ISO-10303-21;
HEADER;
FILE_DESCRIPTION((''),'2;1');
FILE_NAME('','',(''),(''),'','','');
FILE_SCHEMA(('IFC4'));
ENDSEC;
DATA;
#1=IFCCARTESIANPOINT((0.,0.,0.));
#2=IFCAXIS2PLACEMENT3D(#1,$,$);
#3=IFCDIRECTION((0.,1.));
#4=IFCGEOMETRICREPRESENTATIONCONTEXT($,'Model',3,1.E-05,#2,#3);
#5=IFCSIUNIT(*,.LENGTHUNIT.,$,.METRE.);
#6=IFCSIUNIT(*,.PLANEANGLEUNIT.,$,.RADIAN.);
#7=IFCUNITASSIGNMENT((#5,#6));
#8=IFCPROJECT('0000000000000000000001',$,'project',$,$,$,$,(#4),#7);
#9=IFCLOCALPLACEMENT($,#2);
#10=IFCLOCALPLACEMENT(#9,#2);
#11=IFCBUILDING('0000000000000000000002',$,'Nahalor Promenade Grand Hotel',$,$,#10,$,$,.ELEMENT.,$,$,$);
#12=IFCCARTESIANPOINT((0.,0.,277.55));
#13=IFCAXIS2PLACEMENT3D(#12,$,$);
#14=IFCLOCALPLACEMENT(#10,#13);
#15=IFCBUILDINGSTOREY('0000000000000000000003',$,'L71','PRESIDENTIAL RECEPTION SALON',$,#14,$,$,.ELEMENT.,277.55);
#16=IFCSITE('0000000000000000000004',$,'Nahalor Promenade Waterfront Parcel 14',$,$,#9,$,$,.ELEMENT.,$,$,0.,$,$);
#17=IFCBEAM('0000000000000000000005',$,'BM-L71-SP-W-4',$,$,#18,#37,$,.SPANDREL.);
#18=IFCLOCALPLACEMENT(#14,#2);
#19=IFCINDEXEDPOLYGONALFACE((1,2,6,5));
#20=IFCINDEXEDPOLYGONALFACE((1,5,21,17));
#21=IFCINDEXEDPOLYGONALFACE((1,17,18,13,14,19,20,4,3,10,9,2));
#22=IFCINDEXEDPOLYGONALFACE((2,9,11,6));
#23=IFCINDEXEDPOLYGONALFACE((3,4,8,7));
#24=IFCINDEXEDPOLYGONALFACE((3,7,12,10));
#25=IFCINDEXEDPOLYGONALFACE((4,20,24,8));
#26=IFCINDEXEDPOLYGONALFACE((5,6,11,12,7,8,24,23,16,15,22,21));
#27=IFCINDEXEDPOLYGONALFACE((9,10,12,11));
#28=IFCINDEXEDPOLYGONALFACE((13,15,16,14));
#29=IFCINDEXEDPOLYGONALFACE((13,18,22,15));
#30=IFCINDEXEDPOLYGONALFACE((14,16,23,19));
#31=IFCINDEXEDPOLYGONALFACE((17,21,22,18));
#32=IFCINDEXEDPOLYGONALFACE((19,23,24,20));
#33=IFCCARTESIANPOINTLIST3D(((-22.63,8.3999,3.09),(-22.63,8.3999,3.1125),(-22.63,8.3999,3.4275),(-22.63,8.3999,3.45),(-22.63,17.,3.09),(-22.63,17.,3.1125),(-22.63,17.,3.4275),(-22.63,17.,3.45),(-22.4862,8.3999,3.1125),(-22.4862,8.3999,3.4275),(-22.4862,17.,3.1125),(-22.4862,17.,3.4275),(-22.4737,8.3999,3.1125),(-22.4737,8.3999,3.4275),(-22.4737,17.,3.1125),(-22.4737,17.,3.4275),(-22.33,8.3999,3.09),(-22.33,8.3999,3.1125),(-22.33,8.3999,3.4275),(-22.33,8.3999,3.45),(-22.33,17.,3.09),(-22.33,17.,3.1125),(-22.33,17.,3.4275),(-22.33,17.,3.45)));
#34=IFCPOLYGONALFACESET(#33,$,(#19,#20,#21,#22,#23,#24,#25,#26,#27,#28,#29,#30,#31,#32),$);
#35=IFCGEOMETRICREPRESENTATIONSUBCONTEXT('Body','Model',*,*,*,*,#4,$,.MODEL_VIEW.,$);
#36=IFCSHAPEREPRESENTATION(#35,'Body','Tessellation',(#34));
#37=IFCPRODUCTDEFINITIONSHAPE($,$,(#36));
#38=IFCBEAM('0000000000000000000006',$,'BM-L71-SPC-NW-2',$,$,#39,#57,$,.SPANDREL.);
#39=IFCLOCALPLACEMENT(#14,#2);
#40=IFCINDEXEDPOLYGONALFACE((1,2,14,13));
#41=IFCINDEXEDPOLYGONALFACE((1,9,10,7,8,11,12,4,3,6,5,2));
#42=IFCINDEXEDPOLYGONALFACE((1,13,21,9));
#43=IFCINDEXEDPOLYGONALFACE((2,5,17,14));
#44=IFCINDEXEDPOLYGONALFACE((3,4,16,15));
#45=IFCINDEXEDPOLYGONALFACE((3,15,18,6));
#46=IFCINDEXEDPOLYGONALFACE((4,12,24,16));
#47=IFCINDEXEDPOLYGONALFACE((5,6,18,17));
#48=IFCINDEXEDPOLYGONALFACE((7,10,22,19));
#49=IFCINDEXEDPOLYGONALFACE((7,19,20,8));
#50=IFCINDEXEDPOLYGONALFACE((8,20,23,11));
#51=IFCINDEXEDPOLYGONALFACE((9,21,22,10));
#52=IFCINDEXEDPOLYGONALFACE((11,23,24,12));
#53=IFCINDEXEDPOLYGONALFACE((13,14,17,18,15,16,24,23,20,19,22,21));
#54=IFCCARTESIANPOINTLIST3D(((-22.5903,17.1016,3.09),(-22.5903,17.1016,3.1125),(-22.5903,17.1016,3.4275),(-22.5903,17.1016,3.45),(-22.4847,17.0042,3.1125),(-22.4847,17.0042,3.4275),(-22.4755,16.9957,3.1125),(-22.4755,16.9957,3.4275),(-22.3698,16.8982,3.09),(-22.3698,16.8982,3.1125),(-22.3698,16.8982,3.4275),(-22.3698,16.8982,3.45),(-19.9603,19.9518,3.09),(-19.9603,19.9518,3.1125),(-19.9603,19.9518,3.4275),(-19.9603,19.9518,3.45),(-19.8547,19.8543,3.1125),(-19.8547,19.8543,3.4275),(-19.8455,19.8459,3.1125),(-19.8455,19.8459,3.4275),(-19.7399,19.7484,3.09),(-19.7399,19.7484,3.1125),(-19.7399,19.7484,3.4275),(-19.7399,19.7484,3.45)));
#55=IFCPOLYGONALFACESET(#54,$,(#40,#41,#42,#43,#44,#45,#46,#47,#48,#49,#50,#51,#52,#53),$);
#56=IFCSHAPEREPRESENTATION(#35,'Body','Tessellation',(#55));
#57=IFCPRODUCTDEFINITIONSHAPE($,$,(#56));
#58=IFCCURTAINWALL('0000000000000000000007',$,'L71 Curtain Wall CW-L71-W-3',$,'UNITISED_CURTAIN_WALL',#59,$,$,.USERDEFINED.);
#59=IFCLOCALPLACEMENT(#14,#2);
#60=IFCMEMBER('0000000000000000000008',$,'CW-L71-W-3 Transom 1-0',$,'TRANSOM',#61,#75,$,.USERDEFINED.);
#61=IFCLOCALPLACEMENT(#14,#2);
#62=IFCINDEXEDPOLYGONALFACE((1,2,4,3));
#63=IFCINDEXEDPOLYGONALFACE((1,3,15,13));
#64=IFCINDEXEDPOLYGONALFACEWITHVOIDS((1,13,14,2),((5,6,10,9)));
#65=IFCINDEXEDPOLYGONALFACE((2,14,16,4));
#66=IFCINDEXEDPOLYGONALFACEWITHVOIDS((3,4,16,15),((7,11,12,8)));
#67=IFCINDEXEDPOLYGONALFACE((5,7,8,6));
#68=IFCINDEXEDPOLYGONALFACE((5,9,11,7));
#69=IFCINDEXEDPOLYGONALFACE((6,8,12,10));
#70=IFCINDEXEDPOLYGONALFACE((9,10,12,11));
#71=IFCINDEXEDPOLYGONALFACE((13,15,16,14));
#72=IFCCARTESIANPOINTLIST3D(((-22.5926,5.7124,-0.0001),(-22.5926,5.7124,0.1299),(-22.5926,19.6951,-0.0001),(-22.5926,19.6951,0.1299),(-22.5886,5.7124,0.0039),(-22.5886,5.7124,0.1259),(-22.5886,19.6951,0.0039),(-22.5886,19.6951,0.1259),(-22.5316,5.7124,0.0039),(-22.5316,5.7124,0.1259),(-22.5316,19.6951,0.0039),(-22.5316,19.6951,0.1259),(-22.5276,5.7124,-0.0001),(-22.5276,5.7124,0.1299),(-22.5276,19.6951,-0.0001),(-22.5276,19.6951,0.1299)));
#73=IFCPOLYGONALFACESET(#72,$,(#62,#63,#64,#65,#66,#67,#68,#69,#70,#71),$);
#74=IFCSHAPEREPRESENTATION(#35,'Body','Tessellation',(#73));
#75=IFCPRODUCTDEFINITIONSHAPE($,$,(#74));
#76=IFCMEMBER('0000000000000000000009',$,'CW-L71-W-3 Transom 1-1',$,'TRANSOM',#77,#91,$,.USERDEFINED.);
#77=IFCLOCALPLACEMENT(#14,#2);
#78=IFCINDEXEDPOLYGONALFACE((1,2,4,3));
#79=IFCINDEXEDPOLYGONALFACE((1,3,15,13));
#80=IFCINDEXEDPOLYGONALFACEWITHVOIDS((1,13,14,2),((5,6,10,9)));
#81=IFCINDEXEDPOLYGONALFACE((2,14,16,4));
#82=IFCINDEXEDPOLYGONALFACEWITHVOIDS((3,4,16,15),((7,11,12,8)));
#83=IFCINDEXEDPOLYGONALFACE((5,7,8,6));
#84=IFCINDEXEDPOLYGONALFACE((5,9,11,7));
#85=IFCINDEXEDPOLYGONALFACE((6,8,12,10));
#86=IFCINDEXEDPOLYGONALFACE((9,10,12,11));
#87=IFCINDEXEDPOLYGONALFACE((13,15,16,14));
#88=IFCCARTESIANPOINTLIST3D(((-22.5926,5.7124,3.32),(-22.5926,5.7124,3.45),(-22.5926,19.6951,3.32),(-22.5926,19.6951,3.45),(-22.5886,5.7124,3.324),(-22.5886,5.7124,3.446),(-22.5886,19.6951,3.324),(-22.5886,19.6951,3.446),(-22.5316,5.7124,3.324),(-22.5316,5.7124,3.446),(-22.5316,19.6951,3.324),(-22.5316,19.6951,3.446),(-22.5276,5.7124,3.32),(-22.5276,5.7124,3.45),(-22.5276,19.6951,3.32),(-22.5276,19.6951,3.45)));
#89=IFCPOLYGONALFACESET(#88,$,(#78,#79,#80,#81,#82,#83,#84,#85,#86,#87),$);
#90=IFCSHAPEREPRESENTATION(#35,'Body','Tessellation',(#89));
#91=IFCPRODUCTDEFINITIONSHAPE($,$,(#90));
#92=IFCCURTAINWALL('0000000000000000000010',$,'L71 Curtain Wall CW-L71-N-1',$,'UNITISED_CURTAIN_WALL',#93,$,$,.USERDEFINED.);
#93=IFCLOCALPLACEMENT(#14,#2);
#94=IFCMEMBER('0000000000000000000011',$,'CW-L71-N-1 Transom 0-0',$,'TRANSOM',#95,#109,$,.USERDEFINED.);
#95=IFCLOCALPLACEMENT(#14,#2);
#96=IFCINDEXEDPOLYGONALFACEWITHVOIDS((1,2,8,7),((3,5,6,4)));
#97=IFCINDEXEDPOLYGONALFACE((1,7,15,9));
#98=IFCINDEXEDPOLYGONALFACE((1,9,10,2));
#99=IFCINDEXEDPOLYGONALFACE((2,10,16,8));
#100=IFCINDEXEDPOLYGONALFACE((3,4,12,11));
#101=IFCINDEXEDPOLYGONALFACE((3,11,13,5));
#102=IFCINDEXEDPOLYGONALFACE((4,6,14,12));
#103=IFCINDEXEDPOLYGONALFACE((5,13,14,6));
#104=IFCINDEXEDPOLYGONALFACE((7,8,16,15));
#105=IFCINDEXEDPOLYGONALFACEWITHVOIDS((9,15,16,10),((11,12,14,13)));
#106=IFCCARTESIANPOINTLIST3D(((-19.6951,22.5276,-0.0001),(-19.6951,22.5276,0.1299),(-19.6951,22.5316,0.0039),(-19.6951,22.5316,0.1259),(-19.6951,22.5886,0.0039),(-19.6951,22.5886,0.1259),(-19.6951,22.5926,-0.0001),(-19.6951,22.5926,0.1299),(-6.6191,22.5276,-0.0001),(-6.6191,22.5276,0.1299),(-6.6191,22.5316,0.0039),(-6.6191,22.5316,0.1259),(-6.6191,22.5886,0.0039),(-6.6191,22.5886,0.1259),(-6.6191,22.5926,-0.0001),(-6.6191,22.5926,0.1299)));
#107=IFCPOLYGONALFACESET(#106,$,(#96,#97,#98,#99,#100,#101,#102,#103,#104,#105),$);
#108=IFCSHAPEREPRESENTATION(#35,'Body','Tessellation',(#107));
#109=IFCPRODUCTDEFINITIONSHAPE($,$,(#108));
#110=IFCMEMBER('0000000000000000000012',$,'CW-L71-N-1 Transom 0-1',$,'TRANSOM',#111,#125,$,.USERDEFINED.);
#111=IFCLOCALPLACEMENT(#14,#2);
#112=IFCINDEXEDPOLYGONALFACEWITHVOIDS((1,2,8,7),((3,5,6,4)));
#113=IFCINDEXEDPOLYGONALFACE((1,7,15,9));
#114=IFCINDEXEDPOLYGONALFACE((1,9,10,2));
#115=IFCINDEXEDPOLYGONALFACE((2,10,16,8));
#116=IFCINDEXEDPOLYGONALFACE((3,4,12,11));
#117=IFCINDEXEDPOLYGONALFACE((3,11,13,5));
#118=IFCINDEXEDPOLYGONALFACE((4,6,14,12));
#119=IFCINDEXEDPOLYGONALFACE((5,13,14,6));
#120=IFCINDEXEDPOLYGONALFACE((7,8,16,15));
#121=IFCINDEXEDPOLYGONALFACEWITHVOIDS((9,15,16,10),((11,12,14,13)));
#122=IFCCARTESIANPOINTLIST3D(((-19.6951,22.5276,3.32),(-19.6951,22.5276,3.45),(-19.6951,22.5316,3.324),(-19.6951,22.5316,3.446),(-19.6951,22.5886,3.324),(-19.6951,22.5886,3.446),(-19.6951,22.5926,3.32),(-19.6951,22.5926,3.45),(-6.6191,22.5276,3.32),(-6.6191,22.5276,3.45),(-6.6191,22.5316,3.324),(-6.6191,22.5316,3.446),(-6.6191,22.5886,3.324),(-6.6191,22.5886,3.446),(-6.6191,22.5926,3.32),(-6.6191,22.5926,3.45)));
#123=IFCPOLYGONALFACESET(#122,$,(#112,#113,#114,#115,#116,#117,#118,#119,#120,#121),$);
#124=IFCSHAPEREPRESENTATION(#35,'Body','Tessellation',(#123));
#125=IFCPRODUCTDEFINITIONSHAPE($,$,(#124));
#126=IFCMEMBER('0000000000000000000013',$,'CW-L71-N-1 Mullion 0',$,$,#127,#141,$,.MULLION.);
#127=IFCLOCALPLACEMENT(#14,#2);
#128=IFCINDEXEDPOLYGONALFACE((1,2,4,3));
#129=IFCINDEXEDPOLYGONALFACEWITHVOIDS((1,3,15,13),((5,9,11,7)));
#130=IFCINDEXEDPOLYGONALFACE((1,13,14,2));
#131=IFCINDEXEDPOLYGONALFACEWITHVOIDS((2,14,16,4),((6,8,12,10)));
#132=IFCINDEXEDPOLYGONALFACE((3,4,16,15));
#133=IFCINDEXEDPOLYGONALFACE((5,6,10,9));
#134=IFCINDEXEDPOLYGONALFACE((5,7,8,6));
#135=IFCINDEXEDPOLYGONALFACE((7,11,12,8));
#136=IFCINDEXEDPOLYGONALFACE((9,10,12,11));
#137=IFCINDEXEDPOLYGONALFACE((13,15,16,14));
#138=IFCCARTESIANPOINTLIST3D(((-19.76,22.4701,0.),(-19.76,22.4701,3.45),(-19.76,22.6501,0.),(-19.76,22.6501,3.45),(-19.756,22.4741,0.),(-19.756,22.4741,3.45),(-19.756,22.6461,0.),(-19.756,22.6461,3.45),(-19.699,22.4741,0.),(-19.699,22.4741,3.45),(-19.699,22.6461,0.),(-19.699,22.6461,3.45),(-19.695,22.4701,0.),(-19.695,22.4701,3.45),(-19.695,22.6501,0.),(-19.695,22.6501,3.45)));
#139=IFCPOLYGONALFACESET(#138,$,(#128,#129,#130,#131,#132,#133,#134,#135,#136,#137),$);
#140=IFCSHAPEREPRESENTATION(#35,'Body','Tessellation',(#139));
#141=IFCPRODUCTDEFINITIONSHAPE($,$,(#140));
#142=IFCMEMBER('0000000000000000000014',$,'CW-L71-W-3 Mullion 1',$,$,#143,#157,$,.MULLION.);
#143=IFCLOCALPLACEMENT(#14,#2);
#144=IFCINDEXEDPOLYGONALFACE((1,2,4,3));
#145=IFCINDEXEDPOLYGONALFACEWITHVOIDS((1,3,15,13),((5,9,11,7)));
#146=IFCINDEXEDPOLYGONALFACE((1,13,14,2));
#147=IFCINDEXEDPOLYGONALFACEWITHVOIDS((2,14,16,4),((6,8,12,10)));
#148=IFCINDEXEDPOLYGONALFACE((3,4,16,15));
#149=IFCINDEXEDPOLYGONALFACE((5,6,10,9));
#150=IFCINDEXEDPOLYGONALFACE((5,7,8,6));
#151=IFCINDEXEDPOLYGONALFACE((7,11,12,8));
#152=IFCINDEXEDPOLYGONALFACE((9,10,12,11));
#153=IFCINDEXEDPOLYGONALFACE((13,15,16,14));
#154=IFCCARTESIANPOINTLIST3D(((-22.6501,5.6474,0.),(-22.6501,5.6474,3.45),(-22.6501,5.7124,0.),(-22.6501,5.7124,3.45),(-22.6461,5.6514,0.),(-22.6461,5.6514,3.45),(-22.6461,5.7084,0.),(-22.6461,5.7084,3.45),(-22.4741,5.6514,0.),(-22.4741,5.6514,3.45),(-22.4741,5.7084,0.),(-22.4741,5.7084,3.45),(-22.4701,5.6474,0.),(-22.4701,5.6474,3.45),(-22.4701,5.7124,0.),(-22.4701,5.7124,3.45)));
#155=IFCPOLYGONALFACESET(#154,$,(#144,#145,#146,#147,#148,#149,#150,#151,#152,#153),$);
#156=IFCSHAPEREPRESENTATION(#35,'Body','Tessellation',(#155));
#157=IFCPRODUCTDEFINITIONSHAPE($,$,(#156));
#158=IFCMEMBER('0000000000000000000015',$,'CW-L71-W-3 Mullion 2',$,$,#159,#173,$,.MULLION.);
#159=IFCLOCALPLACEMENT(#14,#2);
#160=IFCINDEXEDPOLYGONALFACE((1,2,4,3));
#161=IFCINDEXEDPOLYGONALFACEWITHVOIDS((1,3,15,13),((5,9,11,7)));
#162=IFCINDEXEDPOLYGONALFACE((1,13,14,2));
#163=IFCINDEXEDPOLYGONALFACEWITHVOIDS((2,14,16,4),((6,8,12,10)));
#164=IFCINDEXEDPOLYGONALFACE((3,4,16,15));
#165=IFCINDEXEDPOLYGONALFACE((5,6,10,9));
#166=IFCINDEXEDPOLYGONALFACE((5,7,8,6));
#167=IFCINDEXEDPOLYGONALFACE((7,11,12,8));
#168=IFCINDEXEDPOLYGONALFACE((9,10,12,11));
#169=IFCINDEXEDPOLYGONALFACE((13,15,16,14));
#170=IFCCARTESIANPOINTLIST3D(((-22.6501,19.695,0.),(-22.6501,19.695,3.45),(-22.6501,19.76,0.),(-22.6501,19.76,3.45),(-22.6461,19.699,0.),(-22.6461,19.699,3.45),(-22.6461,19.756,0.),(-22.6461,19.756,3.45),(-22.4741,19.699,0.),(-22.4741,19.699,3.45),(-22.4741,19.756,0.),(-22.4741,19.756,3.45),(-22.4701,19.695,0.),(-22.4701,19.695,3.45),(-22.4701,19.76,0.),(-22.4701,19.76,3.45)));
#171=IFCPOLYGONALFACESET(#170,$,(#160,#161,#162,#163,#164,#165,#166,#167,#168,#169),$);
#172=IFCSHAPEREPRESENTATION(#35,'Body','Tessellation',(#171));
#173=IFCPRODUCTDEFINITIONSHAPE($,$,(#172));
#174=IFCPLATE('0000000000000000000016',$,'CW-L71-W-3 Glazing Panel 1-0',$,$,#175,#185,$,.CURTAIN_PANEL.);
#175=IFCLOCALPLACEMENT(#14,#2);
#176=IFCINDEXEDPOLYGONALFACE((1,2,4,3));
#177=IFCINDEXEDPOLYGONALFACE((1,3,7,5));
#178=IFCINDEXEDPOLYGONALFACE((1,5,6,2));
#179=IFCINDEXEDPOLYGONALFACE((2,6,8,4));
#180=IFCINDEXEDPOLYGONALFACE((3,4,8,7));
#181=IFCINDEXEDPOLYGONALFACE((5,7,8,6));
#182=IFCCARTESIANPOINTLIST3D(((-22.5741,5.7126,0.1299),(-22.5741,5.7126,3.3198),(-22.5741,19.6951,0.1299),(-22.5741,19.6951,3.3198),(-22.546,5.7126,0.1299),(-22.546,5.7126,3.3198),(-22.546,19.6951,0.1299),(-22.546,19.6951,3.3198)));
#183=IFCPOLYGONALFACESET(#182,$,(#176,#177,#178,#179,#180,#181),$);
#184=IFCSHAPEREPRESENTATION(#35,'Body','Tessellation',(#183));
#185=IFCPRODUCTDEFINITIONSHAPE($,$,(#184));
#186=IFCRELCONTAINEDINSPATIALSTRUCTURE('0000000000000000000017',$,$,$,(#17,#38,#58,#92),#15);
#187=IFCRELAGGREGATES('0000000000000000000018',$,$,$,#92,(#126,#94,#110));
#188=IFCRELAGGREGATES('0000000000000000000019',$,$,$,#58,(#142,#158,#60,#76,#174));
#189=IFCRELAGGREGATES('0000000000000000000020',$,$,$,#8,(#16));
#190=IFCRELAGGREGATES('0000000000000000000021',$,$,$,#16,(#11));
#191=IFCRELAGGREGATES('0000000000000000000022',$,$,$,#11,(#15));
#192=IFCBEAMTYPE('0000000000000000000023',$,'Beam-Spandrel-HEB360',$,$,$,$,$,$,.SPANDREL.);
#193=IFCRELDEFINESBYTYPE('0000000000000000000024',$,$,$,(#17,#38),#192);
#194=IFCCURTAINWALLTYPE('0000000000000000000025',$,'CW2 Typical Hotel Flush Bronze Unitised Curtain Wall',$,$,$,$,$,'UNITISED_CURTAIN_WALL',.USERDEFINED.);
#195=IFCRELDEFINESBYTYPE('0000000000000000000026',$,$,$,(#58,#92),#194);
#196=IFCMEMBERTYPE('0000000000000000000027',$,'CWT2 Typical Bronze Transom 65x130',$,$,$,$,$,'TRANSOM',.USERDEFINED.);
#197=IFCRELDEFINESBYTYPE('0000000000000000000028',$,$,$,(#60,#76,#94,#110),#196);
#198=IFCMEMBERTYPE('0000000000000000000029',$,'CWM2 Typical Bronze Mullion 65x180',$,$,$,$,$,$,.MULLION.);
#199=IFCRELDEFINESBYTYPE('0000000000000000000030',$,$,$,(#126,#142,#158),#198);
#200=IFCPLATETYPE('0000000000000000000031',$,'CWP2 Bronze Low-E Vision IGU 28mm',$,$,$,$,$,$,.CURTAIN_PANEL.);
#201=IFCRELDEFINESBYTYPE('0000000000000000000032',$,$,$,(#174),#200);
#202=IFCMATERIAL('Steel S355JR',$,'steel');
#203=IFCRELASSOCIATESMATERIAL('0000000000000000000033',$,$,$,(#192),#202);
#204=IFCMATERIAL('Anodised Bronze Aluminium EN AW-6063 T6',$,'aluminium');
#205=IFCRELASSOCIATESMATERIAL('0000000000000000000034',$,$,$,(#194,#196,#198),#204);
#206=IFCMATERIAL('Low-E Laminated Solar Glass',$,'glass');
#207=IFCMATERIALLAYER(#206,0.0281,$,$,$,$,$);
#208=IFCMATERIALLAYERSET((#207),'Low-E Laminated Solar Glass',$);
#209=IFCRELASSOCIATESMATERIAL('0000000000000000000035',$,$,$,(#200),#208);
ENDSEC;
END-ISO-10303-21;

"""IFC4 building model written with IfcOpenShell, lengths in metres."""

from ifc_helpers import new_model, si_unit, direction, frame, origin, origin_2d, place, context, subcontext, project, spatial, rectangle, hollow_rectangle, i_section, extrude, source, transform, mapped, material, layer, layer_set, material_profile, profile_set, type_object, element, aggregate, save


model = new_model("IFC4")

# Units and contexts
model_context = context("Model", 3, precision=1e-05, world=origin(), true_north=direction((0.0, 1.0)))
body_context = subcontext(model_context, "Body", "Model", "MODEL_VIEW")
ifc_project = project(units=[si_unit("LENGTHUNIT", "METRE"), si_unit("PLANEANGLEUNIT", "RADIAN")], contexts=[model_context])

# Site, building, storey
site_placement = place(None, origin())
site = spatial("IfcSite", under=ifc_project, at=site_placement, Name="Nahalor Promenade Waterfront Parcel 14", CompositionType="ELEMENT", RefElevation=0.0)
building_placement = place(site_placement, origin())
building = spatial("IfcBuilding", under=site, at=building_placement, Name="Nahalor Promenade Grand Hotel", CompositionType="ELEMENT")
storey_placement = place(building_placement, frame((0.0, 0.0, 277.55)))
storey = spatial("IfcBuildingStorey", under=building, at=storey_placement, Name="L71", Description="PRESIDENTIAL RECEPTION SALON", CompositionType="ELEMENT", Elevation=277.55)

# Shared definitions
ifc_material_1 = material(Name="Steel S355JR", Category="steel")

# Beams
ifc_material_profile_1 = material_profile(ifc_material_1, i_section(OverallWidth=0.3, OverallDepth=0.36, WebThickness=0.0125, FlangeThickness=0.0225, at=origin_2d()), Name="HEB 360")
ifc_profile_set_1 = profile_set([ifc_material_profile_1], Name="Steel S355JR")
beam_type_1 = type_object("IfcBeamType", Name="Beam-Spandrel-HEB360", PredefinedType="SPANDREL", material=ifc_profile_set_1)
shared_shape_1 = source(origin(), body_context, "Body", "SweptSolid", [
    extrude(i_section(OverallWidth=0.3, OverallDepth=0.36, WebThickness=0.0125, FlangeThickness=0.0225, at=origin_2d()), origin(), (0.0, 0.0, 1.0), 8.6001),
])
beam_1_placement = place(storey_placement, frame((-22.48, 8.3999, 3.27), z_axis=(0.0, 1.0, 0.0), x_axis=(-1.0, 0.0, 0.0)))
element("IfcBeam", 1, at=beam_1_placement, inside=storey, type_object=beam_type_1, Name="BM-L71-SP-W-4", PredefinedType="SPANDREL", context=body_context, shape_type="MappedRepresentation", body=[
    mapped(shared_shape_1, transform((0.0, 0.0, 0.0), scale=1.0)),
])
shared_shape_2 = source(origin(), body_context, "Body", "SweptSolid", [
    extrude(i_section(OverallWidth=0.3, OverallDepth=0.36, WebThickness=0.0125, FlangeThickness=0.0225, at=origin_2d()), origin(), (0.0, 0.0, 1.0), 3.8782),
])
beam_2_placement = place(storey_placement, frame((-19.8501, 19.8501, 3.27), z_axis=(-0.678144, -0.734929, 0.0), x_axis=(0.734929, -0.678144, 0.0)))
element("IfcBeam", 2, at=beam_2_placement, inside=storey, type_object=beam_type_1, Name="BM-L71-SPC-NW-2", PredefinedType="SPANDREL", context=body_context, shape_type="MappedRepresentation", body=[
    mapped(shared_shape_2, transform((0.0, 0.0, 0.0), scale=1.0)),
])

# Curtain walls, members
ifc_material_2 = material(Name="Anodised Bronze Aluminium EN AW-6063 T6", Category="aluminium")
curtain_wall_type = type_object("IfcCurtainWallType", Name="CW2 Typical Hotel Flush Bronze Unitised Curtain Wall", ElementType="UNITISED_CURTAIN_WALL", PredefinedType="USERDEFINED", material=ifc_material_2)
curtain_wall_1_placement = place(storey_placement, origin())
curtain_wall_1 = element("IfcCurtainWall", 3, at=curtain_wall_1_placement, inside=storey, type_object=curtain_wall_type, Name="L71 Curtain Wall CW-L71-W-3", ObjectType="UNITISED_CURTAIN_WALL", PredefinedType="USERDEFINED")
ifc_material_profile_2 = material_profile(ifc_material_2, hollow_rectangle(XDim=0.065, YDim=0.13, WallThickness=0.004, at=origin_2d()), Name="CWT 65x130x4")
ifc_profile_set_2 = profile_set([ifc_material_profile_2], Name="Anodised Bronze Aluminium EN AW-6063 T6")
member_type_1 = type_object("IfcMemberType", Name="CWT2 Typical Bronze Transom 65x130", ElementType="TRANSOM", PredefinedType="USERDEFINED", material=ifc_profile_set_2)
shared_shape_3 = source(origin(), body_context, "Body", "SweptSolid", [
    extrude(hollow_rectangle(XDim=0.065, YDim=0.13, WallThickness=0.004, at=origin_2d()), origin(), (0.0, 0.0, 1.0), 13.9827),
])
member_1_placement = place(storey_placement, frame((-22.5601, 5.7124, 0.0649), z_axis=(0.0, 1.0, 0.0), x_axis=(-1.0, 0.0, 0.0)))
member_1 = element("IfcMember", 4, at=member_1_placement, type_object=member_type_1, Name="CW-L71-W-3 Transom 1-0", ObjectType="TRANSOM", PredefinedType="USERDEFINED", context=body_context, shape_type="MappedRepresentation", body=[
    mapped(shared_shape_3, transform((0.0, 0.0, 0.0), scale=1.0)),
])
member_2_placement = place(storey_placement, frame((-22.5601, 5.7124, 3.385), z_axis=(0.0, 1.0, 0.0), x_axis=(-1.0, 0.0, 0.0)))
member_2 = element("IfcMember", 5, at=member_2_placement, type_object=member_type_1, Name="CW-L71-W-3 Transom 1-1", ObjectType="TRANSOM", PredefinedType="USERDEFINED", context=body_context, shape_type="MappedRepresentation", body=[
    mapped(shared_shape_3, transform((0.0, 0.0, 0.0), scale=1.0)),
])
curtain_wall_2_placement = place(storey_placement, origin())
curtain_wall_2 = element("IfcCurtainWall", 6, at=curtain_wall_2_placement, inside=storey, type_object=curtain_wall_type, Name="L71 Curtain Wall CW-L71-N-1", ObjectType="UNITISED_CURTAIN_WALL", PredefinedType="USERDEFINED")
shared_shape_4 = source(origin(), body_context, "Body", "SweptSolid", [
    extrude(hollow_rectangle(XDim=0.065, YDim=0.13, WallThickness=0.004, at=origin_2d()), origin(), (0.0, 0.0, 1.0), 13.0759),
])
member_3_placement = place(storey_placement, frame((-19.6951, 22.5601, 0.0649), z_axis=(1.0, 0.0, 0.0), x_axis=(0.0, 1.0, 0.0)))
member_3 = element("IfcMember", 7, at=member_3_placement, type_object=member_type_1, Name="CW-L71-N-1 Transom 0-0", ObjectType="TRANSOM", PredefinedType="USERDEFINED", context=body_context, shape_type="MappedRepresentation", body=[
    mapped(shared_shape_4, transform((0.0, 0.0, 0.0), scale=1.0)),
])
member_4_placement = place(storey_placement, frame((-19.6951, 22.5601, 3.385), z_axis=(1.0, 0.0, 0.0), x_axis=(0.0, 1.0, 0.0)))
member_4 = element("IfcMember", 8, at=member_4_placement, type_object=member_type_1, Name="CW-L71-N-1 Transom 0-1", ObjectType="TRANSOM", PredefinedType="USERDEFINED", context=body_context, shape_type="MappedRepresentation", body=[
    mapped(shared_shape_4, transform((0.0, 0.0, 0.0), scale=1.0)),
])
ifc_material_profile_3 = material_profile(ifc_material_2, hollow_rectangle(XDim=0.065, YDim=0.18, WallThickness=0.004, at=origin_2d()), Name="CWM 65x180x4")
ifc_profile_set_3 = profile_set([ifc_material_profile_3], Name="Anodised Bronze Aluminium EN AW-6063 T6")
member_type_2 = type_object("IfcMemberType", Name="CWM2 Typical Bronze Mullion 65x180", PredefinedType="MULLION", material=ifc_profile_set_3)
shared_shape_5 = source(origin(), body_context, "Body", "SweptSolid", [
    extrude(hollow_rectangle(XDim=0.065, YDim=0.18, WallThickness=0.004, at=origin_2d()), origin(), (0.0, 0.0, 1.0), 3.45),
])
member_5_placement = place(storey_placement, frame((-19.7275, 22.5601, 0.0), z_axis=(0.0, 0.0, 1.0), x_axis=(1.0, 0.0, 0.0)))
member_5 = element("IfcMember", 9, at=member_5_placement, type_object=member_type_2, Name="CW-L71-N-1 Mullion 0", PredefinedType="MULLION", context=body_context, shape_type="MappedRepresentation", body=[
    mapped(shared_shape_5, transform((0.0, 0.0, 0.0), scale=1.0)),
])
aggregate(curtain_wall_2, [member_5, member_3, member_4])

# Members
member_6_placement = place(storey_placement, frame((-22.5601, 5.6799, 0.0), z_axis=(0.0, 0.0, 1.0), x_axis=(0.0, 1.0, 0.0)))
member_6 = element("IfcMember", 10, at=member_6_placement, type_object=member_type_2, Name="CW-L71-W-3 Mullion 1", PredefinedType="MULLION", context=body_context, shape_type="MappedRepresentation", body=[
    mapped(shared_shape_5, transform((0.0, 0.0, 0.0), scale=1.0)),
])
member_7_placement = place(storey_placement, frame((-22.5601, 19.7275, 0.0), z_axis=(0.0, 0.0, 1.0), x_axis=(0.0, 1.0, 0.0)))
member_7 = element("IfcMember", 11, at=member_7_placement, type_object=member_type_2, Name="CW-L71-W-3 Mullion 2", PredefinedType="MULLION", context=body_context, shape_type="MappedRepresentation", body=[
    mapped(shared_shape_5, transform((0.0, 0.0, 0.0), scale=1.0)),
])

# Plate
ifc_material_3 = material(Name="Low-E Laminated Solar Glass", Category="glass")
ifc_layer_1 = layer(ifc_material_3, 0.0281)
ifc_layer_set_1 = layer_set([ifc_layer_1], Name="Low-E Laminated Solar Glass")
plate_type = type_object("IfcPlateType", Name="CWP2 Bronze Low-E Vision IGU 28mm", PredefinedType="CURTAIN_PANEL", material=ifc_layer_set_1)
shared_shape_6 = source(origin(), body_context, "Body", "SweptSolid", [
    extrude(rectangle(XDim=13.9824, YDim=0.0281, at=origin_2d()), origin(), (0.0, 0.0, 1.0), 3.1899),
])
plate_placement = place(storey_placement, frame((-22.5601, 12.7039, 0.1299), z_axis=(0.0, 0.0, 1.0), x_axis=(0.0, 1.0, 0.0)))
plate = element("IfcPlate", 12, at=plate_placement, type_object=plate_type, Name="CW-L71-W-3 Glazing Panel 1-0", PredefinedType="CURTAIN_PANEL", context=body_context, shape_type="MappedRepresentation", body=[
    mapped(shared_shape_6, transform((0.0, 0.0, 0.0), scale=1.0)),
])
aggregate(curtain_wall_1, [member_6, member_7, member_1, member_2, plate])

save(model, "model.ifc")
